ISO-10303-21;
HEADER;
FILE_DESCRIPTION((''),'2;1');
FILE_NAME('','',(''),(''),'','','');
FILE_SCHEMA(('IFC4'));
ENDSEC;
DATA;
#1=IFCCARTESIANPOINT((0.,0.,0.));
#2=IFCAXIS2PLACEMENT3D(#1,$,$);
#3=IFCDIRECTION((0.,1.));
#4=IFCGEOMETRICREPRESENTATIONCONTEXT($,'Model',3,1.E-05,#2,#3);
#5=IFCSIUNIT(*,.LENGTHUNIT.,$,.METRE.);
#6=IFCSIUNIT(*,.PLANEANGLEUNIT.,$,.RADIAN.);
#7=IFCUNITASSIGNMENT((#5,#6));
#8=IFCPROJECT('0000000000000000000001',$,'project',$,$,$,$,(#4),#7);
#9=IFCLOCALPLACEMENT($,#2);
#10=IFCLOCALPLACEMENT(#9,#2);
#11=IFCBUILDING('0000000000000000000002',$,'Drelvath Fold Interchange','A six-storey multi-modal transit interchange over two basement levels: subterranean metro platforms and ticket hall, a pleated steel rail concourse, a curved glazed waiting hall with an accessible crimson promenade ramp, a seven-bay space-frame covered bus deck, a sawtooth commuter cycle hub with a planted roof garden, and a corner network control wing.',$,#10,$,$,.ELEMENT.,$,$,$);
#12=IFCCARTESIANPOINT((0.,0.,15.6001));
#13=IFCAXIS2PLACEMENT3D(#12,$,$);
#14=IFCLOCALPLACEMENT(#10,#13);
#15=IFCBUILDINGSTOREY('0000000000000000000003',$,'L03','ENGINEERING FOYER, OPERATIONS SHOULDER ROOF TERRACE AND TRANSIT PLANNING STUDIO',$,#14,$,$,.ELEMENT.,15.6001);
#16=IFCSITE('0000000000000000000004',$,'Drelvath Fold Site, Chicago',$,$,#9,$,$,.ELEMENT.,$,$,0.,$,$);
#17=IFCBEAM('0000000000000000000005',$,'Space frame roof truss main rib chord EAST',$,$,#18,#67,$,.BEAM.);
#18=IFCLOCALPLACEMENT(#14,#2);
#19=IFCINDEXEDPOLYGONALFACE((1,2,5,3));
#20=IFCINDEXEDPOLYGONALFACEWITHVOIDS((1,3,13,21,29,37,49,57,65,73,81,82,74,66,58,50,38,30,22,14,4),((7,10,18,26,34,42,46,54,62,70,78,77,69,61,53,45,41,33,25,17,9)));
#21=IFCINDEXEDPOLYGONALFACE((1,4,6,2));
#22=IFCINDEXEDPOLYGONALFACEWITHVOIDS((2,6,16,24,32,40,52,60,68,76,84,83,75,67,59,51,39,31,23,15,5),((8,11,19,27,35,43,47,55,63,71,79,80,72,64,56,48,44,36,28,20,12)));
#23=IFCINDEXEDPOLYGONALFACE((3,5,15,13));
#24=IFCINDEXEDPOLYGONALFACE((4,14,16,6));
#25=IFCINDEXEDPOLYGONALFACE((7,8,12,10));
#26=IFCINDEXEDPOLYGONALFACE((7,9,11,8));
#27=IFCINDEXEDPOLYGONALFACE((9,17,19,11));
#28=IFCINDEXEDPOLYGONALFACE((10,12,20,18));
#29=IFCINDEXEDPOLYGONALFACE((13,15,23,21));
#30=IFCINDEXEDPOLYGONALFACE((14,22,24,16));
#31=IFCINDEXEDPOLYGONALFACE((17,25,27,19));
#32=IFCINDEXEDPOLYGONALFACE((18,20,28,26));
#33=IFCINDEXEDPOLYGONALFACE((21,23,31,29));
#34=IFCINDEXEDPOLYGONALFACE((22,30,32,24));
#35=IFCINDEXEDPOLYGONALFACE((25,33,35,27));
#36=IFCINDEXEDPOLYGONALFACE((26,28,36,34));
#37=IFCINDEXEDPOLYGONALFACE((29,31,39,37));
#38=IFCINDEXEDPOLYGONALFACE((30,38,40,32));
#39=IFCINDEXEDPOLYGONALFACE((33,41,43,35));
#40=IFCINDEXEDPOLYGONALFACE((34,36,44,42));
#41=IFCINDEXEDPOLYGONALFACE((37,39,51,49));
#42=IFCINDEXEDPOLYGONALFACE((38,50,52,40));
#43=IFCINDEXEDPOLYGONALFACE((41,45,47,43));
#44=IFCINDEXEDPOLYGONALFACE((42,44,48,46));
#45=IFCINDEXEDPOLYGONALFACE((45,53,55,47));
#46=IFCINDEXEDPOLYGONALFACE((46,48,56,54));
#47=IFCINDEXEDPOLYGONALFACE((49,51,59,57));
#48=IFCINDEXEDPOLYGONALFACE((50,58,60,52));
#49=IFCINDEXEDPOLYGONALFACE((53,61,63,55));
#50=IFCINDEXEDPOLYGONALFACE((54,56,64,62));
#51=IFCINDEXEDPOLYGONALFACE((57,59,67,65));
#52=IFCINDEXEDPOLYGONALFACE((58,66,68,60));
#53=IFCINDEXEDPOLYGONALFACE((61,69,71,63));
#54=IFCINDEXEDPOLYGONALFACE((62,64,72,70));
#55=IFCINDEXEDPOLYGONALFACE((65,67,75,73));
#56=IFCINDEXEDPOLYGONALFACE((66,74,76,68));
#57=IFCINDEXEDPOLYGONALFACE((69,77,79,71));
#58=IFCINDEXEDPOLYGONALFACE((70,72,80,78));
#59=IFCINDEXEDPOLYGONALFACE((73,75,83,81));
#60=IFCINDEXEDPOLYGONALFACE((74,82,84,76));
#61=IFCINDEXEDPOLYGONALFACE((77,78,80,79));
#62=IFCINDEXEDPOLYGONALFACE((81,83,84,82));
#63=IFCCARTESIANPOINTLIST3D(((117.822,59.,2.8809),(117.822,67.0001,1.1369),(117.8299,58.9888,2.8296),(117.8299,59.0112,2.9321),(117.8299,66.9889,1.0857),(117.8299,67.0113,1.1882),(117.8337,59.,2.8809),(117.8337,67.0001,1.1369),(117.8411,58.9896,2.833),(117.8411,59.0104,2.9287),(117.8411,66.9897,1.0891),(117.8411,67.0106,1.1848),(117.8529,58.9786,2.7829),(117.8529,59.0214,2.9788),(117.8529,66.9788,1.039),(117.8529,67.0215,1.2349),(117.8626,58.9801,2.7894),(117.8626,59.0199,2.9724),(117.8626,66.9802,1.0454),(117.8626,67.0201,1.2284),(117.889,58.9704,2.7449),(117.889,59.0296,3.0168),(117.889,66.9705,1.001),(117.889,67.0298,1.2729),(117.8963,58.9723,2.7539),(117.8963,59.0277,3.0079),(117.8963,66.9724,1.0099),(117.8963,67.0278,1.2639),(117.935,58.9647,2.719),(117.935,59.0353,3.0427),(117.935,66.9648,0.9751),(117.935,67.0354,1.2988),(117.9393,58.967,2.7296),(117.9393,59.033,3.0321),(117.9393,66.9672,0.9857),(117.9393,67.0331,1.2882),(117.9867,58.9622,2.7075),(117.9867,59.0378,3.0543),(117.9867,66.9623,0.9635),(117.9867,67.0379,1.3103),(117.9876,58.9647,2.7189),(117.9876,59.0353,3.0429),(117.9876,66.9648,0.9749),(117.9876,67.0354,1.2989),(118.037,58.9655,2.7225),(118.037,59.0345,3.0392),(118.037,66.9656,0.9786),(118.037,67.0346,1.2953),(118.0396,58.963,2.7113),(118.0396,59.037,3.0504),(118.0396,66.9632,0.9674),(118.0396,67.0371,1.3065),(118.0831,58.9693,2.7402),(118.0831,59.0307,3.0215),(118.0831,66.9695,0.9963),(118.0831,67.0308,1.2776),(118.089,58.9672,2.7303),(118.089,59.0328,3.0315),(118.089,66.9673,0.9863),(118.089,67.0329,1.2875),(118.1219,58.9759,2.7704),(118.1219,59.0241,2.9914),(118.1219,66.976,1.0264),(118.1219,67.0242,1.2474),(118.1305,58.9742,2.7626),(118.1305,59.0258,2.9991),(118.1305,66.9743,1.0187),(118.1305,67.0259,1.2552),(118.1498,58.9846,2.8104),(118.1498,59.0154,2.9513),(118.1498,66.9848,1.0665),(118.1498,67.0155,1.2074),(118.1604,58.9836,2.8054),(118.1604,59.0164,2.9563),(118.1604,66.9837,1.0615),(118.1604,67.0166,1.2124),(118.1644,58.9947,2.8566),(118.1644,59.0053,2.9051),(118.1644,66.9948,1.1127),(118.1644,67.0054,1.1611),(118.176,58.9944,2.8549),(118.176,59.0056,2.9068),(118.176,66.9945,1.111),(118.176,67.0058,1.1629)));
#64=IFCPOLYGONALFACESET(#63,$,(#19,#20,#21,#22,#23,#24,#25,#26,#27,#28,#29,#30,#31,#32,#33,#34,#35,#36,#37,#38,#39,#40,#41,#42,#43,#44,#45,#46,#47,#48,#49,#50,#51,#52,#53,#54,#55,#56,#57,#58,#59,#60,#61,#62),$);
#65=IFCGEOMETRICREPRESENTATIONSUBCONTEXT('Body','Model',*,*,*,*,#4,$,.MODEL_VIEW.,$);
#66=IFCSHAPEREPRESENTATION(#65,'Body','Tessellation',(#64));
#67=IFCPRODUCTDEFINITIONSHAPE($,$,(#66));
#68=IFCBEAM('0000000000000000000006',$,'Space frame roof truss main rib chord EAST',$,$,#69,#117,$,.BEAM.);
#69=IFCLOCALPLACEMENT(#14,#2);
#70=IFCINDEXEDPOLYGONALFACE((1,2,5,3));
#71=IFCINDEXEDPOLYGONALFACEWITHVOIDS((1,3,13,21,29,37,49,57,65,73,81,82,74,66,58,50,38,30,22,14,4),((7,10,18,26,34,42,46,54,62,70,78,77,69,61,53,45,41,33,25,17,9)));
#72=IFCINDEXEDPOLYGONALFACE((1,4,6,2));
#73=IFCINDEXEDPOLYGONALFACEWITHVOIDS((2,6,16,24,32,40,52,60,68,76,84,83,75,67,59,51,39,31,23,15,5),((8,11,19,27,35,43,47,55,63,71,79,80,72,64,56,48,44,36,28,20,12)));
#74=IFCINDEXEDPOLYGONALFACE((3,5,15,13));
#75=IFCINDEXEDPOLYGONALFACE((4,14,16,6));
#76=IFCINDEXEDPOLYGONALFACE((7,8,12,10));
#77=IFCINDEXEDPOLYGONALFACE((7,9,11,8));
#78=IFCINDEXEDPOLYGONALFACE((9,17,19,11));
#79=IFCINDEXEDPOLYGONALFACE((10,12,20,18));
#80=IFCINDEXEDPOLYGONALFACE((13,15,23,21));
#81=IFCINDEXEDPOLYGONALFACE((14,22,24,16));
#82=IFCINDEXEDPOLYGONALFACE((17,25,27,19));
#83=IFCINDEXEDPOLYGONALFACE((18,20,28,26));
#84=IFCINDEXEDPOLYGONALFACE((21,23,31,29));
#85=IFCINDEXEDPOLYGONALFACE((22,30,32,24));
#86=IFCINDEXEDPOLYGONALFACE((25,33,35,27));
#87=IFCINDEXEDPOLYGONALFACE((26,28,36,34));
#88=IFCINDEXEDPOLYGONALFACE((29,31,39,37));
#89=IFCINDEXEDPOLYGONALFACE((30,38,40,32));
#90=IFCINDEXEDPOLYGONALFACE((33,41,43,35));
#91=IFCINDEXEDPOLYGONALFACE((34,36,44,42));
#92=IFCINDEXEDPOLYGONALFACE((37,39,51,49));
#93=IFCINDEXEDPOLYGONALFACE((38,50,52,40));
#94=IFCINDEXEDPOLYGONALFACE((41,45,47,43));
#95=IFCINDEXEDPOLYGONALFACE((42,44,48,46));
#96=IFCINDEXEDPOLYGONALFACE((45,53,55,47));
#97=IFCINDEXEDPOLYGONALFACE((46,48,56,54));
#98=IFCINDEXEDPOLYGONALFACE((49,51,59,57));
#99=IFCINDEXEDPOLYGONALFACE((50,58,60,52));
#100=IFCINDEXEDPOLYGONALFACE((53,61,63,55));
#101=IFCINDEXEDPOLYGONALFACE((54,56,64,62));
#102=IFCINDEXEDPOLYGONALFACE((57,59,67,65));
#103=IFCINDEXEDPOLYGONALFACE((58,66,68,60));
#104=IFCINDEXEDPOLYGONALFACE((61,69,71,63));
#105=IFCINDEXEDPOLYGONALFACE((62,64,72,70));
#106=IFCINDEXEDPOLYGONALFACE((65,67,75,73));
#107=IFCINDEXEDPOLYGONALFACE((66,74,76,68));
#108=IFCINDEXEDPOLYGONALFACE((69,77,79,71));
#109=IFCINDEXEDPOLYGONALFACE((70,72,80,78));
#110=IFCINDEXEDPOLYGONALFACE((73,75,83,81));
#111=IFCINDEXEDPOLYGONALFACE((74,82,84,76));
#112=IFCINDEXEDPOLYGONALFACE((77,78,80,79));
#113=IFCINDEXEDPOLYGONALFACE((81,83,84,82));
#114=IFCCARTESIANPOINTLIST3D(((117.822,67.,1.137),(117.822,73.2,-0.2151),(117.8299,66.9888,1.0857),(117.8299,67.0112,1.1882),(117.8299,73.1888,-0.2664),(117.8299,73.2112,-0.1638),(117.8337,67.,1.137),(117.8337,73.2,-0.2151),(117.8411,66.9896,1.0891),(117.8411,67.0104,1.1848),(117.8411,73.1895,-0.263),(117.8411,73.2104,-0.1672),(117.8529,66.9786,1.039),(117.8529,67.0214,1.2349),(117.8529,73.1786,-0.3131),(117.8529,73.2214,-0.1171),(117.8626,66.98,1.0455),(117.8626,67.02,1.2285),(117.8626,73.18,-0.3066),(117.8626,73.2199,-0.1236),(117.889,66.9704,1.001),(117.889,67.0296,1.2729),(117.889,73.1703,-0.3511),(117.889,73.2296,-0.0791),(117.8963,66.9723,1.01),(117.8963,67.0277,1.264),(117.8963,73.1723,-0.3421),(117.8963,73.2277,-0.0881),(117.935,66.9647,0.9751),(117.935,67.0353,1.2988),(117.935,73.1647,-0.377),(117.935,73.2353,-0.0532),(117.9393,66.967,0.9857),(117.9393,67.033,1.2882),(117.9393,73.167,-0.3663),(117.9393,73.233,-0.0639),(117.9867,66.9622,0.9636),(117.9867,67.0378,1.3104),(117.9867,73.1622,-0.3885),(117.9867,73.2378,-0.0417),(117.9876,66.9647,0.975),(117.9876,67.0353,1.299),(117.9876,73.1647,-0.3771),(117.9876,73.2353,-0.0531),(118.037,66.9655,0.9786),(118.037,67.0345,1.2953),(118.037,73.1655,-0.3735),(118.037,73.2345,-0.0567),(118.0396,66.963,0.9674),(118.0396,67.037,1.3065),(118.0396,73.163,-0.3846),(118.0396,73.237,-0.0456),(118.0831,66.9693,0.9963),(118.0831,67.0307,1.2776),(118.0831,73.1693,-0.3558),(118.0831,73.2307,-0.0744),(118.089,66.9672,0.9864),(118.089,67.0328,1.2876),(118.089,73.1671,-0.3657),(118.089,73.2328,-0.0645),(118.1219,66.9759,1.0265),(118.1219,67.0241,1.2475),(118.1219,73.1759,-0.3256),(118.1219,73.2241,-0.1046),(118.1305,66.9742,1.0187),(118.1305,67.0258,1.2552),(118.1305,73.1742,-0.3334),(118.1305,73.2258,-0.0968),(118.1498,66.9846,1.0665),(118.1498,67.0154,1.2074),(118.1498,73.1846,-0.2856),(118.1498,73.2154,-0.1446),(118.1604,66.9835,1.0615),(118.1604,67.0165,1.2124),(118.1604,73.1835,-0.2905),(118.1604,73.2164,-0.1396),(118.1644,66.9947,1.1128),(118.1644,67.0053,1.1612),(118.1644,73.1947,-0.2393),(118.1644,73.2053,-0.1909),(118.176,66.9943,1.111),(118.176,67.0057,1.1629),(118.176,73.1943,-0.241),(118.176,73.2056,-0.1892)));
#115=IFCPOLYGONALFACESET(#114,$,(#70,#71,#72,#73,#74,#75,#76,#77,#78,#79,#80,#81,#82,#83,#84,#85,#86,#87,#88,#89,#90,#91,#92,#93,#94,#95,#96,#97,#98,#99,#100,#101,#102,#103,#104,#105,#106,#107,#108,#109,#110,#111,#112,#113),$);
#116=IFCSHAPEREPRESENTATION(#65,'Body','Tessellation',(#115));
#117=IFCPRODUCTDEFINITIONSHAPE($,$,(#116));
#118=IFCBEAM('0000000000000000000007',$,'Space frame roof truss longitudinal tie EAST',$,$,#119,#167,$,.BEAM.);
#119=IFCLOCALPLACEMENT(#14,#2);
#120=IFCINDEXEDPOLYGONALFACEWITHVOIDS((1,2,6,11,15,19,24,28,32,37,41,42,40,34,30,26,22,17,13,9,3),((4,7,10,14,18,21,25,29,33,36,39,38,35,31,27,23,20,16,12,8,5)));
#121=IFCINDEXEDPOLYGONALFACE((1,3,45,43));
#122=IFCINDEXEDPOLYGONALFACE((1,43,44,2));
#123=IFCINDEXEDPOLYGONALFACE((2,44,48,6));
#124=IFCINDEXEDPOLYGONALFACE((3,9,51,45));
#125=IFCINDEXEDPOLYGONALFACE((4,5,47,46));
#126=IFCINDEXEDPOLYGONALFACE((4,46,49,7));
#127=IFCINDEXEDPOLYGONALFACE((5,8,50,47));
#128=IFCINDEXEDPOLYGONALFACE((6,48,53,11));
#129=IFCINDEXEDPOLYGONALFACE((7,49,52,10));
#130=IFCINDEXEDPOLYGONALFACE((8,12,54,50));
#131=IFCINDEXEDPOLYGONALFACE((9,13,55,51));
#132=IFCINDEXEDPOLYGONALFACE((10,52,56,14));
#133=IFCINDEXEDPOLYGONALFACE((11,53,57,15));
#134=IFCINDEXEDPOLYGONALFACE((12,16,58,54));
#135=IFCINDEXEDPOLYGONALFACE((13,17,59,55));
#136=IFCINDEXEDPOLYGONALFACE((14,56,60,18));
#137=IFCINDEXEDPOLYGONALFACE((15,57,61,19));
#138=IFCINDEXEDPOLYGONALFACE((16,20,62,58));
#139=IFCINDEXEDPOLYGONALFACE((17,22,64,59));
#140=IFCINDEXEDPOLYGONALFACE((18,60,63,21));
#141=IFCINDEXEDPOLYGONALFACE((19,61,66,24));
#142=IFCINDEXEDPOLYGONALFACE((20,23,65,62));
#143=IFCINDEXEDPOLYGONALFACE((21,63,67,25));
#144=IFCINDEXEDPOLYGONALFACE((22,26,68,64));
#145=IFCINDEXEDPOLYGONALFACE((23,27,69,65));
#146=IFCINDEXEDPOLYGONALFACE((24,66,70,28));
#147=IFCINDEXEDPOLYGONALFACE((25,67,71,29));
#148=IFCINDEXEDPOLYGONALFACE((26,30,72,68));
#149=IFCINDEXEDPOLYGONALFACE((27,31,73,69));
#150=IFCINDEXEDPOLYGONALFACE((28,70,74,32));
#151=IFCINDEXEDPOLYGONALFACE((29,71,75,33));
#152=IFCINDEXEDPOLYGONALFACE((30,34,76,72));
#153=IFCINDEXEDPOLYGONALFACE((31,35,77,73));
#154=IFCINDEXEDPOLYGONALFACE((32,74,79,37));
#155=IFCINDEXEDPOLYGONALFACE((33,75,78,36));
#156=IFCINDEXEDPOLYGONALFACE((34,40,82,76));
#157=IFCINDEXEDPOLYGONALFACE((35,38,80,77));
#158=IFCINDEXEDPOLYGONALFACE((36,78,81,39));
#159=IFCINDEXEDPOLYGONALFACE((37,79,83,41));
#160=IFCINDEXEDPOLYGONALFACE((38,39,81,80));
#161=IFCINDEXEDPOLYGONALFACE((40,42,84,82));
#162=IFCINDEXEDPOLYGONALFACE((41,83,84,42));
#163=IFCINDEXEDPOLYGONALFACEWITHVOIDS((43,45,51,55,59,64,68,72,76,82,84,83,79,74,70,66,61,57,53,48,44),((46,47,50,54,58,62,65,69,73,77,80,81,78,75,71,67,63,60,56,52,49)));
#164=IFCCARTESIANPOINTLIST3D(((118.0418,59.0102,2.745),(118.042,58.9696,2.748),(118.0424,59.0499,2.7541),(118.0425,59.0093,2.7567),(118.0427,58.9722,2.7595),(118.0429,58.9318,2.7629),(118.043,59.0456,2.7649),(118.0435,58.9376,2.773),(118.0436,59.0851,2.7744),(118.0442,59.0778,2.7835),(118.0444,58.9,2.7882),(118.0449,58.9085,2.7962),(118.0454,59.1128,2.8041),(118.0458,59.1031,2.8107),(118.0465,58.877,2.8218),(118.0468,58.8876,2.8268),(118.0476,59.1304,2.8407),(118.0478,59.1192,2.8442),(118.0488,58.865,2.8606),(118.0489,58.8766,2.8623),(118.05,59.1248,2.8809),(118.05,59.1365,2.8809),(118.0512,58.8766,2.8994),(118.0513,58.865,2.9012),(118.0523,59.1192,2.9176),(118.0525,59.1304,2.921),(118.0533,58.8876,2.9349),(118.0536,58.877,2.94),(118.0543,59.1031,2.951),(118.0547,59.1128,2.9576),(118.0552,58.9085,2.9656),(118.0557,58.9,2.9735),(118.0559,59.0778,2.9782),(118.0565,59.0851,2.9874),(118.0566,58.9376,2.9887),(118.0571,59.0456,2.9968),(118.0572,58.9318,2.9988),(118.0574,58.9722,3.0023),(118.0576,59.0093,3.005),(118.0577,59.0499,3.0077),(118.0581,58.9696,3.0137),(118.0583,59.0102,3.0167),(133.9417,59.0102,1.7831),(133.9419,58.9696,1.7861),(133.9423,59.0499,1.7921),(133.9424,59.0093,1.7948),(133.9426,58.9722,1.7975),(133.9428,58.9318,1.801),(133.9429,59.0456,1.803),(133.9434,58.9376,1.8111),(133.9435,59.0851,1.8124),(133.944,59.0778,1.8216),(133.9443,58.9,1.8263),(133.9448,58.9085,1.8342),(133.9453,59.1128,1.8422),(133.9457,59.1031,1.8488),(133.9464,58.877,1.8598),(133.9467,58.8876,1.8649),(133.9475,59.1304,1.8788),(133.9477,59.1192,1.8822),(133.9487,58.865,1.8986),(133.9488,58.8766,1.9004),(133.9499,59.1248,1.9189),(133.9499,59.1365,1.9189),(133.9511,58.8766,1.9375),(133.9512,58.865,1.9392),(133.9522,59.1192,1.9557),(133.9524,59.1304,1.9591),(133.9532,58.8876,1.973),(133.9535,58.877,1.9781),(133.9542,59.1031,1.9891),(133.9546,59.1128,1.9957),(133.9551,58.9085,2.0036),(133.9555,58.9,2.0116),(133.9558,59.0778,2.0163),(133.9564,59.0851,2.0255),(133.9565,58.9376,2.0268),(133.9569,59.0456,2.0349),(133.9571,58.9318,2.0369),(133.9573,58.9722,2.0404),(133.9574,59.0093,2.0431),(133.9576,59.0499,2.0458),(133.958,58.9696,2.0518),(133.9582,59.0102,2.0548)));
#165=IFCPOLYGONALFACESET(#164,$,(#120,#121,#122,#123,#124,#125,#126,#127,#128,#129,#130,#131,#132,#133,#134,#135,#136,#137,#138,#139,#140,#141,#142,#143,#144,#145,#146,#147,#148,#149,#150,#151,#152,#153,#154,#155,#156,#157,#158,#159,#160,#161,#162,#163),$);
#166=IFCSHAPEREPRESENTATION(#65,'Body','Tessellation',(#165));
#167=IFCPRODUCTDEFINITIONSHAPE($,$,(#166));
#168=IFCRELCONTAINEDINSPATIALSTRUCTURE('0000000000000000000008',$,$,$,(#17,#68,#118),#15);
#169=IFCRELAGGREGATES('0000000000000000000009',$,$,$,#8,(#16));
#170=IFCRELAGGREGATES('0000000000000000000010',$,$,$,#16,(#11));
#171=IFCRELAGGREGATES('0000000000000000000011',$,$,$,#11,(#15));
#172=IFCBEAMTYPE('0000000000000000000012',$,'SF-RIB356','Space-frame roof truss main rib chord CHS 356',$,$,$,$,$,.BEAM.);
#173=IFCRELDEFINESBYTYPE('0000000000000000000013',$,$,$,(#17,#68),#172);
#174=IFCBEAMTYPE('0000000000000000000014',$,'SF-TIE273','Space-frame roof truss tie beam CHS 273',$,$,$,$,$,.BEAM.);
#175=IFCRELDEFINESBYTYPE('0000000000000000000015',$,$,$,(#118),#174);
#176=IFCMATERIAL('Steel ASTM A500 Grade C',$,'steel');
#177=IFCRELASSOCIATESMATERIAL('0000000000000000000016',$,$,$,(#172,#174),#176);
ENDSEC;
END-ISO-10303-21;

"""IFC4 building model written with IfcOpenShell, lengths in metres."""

from ifc_helpers import new_model, si_unit, direction, frame, origin, origin_2d, place, context, subcontext, project, spatial, hollow_circle, extrude, material, material_profile, profile_set, type_object, element, save


model = new_model("IFC4")

# Units and contexts
model_context = context("Model", 3, precision=1e-05, world=origin(), true_north=direction((0.0, 1.0)))
body_context = subcontext(model_context, "Body", "Model", "MODEL_VIEW")
ifc_project = project(units=[si_unit("LENGTHUNIT", "METRE"), si_unit("PLANEANGLEUNIT", "RADIAN")], contexts=[model_context])

# Site, building, storey
site_placement = place(None, origin())
site = spatial("IfcSite", under=ifc_project, at=site_placement, Name="Drelvath Fold Site, Chicago", CompositionType="ELEMENT", RefElevation=0.0)
building_placement = place(site_placement, origin())
building = spatial("IfcBuilding", under=site, at=building_placement, Name="Drelvath Fold Interchange", Description="A six-storey multi-modal transit interchange over two basement levels: subterranean metro platforms and ticket hall, a pleated steel rail concourse, a curved glazed waiting hall with an accessible crimson promenade ramp, a seven-bay space-frame covered bus deck, a sawtooth commuter cycle hub with a planted roof garden, and a corner network control wing.", CompositionType="ELEMENT")
storey_placement = place(building_placement, frame((0.0, 0.0, 15.6001)))
storey = spatial("IfcBuildingStorey", under=building, at=storey_placement, Name="L03", Description="ENGINEERING FOYER, OPERATIONS SHOULDER ROOF TERRACE AND TRANSIT PLANNING STUDIO", CompositionType="ELEMENT", Elevation=15.6001)

# Shared definitions
ifc_material_1 = material(Name="Steel ASTM A500 Grade C", Category="steel")

# Beams
ifc_material_profile_1 = material_profile(ifc_material_1, hollow_circle(Radius=0.178, WallThickness=0.0117, at=origin_2d()), Name="HSS14.000X0.500")
ifc_profile_set_1 = profile_set([ifc_material_profile_1], Name="Steel ASTM A500 Grade C")
beam_type_1 = type_object("IfcBeamType", Name="SF-RIB356", Description="Space-frame roof truss main rib chord CHS 356", PredefinedType="BEAM", material=ifc_profile_set_1)
beam_1_placement = place(storey_placement, frame((118.0, 59.0, 2.8809), z_axis=(0.0, 0.977055, -0.212985), x_axis=(-1.0, 0.0, 0.0)))
element("IfcBeam", 1, at=beam_1_placement, inside=storey, type_object=beam_type_1, Name="Space frame roof truss main rib chord EAST", PredefinedType="BEAM", context=body_context, shape_type="SweptSolid", body=[
    extrude(hollow_circle(Radius=0.178, WallThickness=0.0117, at=origin_2d()), origin(), (0.0, 0.0, 1.0), 8.188),
])
beam_2_placement = place(storey_placement, frame((118.0, 67.0, 1.137), z_axis=(0.0, 0.977038, -0.213067), x_axis=(-1.0, 0.0, 0.0)))
element("IfcBeam", 2, at=beam_2_placement, inside=storey, type_object=beam_type_1, Name="Space frame roof truss main rib chord EAST", PredefinedType="BEAM", context=body_context, shape_type="SweptSolid", body=[
    extrude(hollow_circle(Radius=0.178, WallThickness=0.0117, at=origin_2d()), origin(), (0.0, 0.0, 1.0), 6.3457),
])
ifc_material_profile_2 = material_profile(ifc_material_1, hollow_circle(Radius=0.1365, WallThickness=0.0117, at=origin_2d()), Name="HSS10.750X0.500")
ifc_profile_set_2 = profile_set([ifc_material_profile_2], Name="Steel ASTM A500 Grade C")
beam_type_2 = type_object("IfcBeamType", Name="SF-TIE273", Description="Space-frame roof truss tie beam CHS 273", PredefinedType="BEAM", material=ifc_profile_set_2)
for number, where, z_axis, x_axis, name in (
    (3, (118.05, 59.0, 2.8809), (0.998175, 0.0, -0.060388), (0.0, 1.0, 0.0), "Space frame roof truss longitudinal tie EAST"),
):
    element("IfcBeam", number, at=place(storey_placement, frame(where, z_axis=z_axis, x_axis=x_axis)), inside=storey, type_object=beam_type_2, Name=name, PredefinedType="BEAM", context=body_context, shape_type="SweptSolid", body=[
        extrude(hollow_circle(Radius=0.1365, WallThickness=0.0117, at=origin_2d()), origin(), (0.0, 0.0, 1.0), 15.929),
    ])

save(model, "model.ifc")
